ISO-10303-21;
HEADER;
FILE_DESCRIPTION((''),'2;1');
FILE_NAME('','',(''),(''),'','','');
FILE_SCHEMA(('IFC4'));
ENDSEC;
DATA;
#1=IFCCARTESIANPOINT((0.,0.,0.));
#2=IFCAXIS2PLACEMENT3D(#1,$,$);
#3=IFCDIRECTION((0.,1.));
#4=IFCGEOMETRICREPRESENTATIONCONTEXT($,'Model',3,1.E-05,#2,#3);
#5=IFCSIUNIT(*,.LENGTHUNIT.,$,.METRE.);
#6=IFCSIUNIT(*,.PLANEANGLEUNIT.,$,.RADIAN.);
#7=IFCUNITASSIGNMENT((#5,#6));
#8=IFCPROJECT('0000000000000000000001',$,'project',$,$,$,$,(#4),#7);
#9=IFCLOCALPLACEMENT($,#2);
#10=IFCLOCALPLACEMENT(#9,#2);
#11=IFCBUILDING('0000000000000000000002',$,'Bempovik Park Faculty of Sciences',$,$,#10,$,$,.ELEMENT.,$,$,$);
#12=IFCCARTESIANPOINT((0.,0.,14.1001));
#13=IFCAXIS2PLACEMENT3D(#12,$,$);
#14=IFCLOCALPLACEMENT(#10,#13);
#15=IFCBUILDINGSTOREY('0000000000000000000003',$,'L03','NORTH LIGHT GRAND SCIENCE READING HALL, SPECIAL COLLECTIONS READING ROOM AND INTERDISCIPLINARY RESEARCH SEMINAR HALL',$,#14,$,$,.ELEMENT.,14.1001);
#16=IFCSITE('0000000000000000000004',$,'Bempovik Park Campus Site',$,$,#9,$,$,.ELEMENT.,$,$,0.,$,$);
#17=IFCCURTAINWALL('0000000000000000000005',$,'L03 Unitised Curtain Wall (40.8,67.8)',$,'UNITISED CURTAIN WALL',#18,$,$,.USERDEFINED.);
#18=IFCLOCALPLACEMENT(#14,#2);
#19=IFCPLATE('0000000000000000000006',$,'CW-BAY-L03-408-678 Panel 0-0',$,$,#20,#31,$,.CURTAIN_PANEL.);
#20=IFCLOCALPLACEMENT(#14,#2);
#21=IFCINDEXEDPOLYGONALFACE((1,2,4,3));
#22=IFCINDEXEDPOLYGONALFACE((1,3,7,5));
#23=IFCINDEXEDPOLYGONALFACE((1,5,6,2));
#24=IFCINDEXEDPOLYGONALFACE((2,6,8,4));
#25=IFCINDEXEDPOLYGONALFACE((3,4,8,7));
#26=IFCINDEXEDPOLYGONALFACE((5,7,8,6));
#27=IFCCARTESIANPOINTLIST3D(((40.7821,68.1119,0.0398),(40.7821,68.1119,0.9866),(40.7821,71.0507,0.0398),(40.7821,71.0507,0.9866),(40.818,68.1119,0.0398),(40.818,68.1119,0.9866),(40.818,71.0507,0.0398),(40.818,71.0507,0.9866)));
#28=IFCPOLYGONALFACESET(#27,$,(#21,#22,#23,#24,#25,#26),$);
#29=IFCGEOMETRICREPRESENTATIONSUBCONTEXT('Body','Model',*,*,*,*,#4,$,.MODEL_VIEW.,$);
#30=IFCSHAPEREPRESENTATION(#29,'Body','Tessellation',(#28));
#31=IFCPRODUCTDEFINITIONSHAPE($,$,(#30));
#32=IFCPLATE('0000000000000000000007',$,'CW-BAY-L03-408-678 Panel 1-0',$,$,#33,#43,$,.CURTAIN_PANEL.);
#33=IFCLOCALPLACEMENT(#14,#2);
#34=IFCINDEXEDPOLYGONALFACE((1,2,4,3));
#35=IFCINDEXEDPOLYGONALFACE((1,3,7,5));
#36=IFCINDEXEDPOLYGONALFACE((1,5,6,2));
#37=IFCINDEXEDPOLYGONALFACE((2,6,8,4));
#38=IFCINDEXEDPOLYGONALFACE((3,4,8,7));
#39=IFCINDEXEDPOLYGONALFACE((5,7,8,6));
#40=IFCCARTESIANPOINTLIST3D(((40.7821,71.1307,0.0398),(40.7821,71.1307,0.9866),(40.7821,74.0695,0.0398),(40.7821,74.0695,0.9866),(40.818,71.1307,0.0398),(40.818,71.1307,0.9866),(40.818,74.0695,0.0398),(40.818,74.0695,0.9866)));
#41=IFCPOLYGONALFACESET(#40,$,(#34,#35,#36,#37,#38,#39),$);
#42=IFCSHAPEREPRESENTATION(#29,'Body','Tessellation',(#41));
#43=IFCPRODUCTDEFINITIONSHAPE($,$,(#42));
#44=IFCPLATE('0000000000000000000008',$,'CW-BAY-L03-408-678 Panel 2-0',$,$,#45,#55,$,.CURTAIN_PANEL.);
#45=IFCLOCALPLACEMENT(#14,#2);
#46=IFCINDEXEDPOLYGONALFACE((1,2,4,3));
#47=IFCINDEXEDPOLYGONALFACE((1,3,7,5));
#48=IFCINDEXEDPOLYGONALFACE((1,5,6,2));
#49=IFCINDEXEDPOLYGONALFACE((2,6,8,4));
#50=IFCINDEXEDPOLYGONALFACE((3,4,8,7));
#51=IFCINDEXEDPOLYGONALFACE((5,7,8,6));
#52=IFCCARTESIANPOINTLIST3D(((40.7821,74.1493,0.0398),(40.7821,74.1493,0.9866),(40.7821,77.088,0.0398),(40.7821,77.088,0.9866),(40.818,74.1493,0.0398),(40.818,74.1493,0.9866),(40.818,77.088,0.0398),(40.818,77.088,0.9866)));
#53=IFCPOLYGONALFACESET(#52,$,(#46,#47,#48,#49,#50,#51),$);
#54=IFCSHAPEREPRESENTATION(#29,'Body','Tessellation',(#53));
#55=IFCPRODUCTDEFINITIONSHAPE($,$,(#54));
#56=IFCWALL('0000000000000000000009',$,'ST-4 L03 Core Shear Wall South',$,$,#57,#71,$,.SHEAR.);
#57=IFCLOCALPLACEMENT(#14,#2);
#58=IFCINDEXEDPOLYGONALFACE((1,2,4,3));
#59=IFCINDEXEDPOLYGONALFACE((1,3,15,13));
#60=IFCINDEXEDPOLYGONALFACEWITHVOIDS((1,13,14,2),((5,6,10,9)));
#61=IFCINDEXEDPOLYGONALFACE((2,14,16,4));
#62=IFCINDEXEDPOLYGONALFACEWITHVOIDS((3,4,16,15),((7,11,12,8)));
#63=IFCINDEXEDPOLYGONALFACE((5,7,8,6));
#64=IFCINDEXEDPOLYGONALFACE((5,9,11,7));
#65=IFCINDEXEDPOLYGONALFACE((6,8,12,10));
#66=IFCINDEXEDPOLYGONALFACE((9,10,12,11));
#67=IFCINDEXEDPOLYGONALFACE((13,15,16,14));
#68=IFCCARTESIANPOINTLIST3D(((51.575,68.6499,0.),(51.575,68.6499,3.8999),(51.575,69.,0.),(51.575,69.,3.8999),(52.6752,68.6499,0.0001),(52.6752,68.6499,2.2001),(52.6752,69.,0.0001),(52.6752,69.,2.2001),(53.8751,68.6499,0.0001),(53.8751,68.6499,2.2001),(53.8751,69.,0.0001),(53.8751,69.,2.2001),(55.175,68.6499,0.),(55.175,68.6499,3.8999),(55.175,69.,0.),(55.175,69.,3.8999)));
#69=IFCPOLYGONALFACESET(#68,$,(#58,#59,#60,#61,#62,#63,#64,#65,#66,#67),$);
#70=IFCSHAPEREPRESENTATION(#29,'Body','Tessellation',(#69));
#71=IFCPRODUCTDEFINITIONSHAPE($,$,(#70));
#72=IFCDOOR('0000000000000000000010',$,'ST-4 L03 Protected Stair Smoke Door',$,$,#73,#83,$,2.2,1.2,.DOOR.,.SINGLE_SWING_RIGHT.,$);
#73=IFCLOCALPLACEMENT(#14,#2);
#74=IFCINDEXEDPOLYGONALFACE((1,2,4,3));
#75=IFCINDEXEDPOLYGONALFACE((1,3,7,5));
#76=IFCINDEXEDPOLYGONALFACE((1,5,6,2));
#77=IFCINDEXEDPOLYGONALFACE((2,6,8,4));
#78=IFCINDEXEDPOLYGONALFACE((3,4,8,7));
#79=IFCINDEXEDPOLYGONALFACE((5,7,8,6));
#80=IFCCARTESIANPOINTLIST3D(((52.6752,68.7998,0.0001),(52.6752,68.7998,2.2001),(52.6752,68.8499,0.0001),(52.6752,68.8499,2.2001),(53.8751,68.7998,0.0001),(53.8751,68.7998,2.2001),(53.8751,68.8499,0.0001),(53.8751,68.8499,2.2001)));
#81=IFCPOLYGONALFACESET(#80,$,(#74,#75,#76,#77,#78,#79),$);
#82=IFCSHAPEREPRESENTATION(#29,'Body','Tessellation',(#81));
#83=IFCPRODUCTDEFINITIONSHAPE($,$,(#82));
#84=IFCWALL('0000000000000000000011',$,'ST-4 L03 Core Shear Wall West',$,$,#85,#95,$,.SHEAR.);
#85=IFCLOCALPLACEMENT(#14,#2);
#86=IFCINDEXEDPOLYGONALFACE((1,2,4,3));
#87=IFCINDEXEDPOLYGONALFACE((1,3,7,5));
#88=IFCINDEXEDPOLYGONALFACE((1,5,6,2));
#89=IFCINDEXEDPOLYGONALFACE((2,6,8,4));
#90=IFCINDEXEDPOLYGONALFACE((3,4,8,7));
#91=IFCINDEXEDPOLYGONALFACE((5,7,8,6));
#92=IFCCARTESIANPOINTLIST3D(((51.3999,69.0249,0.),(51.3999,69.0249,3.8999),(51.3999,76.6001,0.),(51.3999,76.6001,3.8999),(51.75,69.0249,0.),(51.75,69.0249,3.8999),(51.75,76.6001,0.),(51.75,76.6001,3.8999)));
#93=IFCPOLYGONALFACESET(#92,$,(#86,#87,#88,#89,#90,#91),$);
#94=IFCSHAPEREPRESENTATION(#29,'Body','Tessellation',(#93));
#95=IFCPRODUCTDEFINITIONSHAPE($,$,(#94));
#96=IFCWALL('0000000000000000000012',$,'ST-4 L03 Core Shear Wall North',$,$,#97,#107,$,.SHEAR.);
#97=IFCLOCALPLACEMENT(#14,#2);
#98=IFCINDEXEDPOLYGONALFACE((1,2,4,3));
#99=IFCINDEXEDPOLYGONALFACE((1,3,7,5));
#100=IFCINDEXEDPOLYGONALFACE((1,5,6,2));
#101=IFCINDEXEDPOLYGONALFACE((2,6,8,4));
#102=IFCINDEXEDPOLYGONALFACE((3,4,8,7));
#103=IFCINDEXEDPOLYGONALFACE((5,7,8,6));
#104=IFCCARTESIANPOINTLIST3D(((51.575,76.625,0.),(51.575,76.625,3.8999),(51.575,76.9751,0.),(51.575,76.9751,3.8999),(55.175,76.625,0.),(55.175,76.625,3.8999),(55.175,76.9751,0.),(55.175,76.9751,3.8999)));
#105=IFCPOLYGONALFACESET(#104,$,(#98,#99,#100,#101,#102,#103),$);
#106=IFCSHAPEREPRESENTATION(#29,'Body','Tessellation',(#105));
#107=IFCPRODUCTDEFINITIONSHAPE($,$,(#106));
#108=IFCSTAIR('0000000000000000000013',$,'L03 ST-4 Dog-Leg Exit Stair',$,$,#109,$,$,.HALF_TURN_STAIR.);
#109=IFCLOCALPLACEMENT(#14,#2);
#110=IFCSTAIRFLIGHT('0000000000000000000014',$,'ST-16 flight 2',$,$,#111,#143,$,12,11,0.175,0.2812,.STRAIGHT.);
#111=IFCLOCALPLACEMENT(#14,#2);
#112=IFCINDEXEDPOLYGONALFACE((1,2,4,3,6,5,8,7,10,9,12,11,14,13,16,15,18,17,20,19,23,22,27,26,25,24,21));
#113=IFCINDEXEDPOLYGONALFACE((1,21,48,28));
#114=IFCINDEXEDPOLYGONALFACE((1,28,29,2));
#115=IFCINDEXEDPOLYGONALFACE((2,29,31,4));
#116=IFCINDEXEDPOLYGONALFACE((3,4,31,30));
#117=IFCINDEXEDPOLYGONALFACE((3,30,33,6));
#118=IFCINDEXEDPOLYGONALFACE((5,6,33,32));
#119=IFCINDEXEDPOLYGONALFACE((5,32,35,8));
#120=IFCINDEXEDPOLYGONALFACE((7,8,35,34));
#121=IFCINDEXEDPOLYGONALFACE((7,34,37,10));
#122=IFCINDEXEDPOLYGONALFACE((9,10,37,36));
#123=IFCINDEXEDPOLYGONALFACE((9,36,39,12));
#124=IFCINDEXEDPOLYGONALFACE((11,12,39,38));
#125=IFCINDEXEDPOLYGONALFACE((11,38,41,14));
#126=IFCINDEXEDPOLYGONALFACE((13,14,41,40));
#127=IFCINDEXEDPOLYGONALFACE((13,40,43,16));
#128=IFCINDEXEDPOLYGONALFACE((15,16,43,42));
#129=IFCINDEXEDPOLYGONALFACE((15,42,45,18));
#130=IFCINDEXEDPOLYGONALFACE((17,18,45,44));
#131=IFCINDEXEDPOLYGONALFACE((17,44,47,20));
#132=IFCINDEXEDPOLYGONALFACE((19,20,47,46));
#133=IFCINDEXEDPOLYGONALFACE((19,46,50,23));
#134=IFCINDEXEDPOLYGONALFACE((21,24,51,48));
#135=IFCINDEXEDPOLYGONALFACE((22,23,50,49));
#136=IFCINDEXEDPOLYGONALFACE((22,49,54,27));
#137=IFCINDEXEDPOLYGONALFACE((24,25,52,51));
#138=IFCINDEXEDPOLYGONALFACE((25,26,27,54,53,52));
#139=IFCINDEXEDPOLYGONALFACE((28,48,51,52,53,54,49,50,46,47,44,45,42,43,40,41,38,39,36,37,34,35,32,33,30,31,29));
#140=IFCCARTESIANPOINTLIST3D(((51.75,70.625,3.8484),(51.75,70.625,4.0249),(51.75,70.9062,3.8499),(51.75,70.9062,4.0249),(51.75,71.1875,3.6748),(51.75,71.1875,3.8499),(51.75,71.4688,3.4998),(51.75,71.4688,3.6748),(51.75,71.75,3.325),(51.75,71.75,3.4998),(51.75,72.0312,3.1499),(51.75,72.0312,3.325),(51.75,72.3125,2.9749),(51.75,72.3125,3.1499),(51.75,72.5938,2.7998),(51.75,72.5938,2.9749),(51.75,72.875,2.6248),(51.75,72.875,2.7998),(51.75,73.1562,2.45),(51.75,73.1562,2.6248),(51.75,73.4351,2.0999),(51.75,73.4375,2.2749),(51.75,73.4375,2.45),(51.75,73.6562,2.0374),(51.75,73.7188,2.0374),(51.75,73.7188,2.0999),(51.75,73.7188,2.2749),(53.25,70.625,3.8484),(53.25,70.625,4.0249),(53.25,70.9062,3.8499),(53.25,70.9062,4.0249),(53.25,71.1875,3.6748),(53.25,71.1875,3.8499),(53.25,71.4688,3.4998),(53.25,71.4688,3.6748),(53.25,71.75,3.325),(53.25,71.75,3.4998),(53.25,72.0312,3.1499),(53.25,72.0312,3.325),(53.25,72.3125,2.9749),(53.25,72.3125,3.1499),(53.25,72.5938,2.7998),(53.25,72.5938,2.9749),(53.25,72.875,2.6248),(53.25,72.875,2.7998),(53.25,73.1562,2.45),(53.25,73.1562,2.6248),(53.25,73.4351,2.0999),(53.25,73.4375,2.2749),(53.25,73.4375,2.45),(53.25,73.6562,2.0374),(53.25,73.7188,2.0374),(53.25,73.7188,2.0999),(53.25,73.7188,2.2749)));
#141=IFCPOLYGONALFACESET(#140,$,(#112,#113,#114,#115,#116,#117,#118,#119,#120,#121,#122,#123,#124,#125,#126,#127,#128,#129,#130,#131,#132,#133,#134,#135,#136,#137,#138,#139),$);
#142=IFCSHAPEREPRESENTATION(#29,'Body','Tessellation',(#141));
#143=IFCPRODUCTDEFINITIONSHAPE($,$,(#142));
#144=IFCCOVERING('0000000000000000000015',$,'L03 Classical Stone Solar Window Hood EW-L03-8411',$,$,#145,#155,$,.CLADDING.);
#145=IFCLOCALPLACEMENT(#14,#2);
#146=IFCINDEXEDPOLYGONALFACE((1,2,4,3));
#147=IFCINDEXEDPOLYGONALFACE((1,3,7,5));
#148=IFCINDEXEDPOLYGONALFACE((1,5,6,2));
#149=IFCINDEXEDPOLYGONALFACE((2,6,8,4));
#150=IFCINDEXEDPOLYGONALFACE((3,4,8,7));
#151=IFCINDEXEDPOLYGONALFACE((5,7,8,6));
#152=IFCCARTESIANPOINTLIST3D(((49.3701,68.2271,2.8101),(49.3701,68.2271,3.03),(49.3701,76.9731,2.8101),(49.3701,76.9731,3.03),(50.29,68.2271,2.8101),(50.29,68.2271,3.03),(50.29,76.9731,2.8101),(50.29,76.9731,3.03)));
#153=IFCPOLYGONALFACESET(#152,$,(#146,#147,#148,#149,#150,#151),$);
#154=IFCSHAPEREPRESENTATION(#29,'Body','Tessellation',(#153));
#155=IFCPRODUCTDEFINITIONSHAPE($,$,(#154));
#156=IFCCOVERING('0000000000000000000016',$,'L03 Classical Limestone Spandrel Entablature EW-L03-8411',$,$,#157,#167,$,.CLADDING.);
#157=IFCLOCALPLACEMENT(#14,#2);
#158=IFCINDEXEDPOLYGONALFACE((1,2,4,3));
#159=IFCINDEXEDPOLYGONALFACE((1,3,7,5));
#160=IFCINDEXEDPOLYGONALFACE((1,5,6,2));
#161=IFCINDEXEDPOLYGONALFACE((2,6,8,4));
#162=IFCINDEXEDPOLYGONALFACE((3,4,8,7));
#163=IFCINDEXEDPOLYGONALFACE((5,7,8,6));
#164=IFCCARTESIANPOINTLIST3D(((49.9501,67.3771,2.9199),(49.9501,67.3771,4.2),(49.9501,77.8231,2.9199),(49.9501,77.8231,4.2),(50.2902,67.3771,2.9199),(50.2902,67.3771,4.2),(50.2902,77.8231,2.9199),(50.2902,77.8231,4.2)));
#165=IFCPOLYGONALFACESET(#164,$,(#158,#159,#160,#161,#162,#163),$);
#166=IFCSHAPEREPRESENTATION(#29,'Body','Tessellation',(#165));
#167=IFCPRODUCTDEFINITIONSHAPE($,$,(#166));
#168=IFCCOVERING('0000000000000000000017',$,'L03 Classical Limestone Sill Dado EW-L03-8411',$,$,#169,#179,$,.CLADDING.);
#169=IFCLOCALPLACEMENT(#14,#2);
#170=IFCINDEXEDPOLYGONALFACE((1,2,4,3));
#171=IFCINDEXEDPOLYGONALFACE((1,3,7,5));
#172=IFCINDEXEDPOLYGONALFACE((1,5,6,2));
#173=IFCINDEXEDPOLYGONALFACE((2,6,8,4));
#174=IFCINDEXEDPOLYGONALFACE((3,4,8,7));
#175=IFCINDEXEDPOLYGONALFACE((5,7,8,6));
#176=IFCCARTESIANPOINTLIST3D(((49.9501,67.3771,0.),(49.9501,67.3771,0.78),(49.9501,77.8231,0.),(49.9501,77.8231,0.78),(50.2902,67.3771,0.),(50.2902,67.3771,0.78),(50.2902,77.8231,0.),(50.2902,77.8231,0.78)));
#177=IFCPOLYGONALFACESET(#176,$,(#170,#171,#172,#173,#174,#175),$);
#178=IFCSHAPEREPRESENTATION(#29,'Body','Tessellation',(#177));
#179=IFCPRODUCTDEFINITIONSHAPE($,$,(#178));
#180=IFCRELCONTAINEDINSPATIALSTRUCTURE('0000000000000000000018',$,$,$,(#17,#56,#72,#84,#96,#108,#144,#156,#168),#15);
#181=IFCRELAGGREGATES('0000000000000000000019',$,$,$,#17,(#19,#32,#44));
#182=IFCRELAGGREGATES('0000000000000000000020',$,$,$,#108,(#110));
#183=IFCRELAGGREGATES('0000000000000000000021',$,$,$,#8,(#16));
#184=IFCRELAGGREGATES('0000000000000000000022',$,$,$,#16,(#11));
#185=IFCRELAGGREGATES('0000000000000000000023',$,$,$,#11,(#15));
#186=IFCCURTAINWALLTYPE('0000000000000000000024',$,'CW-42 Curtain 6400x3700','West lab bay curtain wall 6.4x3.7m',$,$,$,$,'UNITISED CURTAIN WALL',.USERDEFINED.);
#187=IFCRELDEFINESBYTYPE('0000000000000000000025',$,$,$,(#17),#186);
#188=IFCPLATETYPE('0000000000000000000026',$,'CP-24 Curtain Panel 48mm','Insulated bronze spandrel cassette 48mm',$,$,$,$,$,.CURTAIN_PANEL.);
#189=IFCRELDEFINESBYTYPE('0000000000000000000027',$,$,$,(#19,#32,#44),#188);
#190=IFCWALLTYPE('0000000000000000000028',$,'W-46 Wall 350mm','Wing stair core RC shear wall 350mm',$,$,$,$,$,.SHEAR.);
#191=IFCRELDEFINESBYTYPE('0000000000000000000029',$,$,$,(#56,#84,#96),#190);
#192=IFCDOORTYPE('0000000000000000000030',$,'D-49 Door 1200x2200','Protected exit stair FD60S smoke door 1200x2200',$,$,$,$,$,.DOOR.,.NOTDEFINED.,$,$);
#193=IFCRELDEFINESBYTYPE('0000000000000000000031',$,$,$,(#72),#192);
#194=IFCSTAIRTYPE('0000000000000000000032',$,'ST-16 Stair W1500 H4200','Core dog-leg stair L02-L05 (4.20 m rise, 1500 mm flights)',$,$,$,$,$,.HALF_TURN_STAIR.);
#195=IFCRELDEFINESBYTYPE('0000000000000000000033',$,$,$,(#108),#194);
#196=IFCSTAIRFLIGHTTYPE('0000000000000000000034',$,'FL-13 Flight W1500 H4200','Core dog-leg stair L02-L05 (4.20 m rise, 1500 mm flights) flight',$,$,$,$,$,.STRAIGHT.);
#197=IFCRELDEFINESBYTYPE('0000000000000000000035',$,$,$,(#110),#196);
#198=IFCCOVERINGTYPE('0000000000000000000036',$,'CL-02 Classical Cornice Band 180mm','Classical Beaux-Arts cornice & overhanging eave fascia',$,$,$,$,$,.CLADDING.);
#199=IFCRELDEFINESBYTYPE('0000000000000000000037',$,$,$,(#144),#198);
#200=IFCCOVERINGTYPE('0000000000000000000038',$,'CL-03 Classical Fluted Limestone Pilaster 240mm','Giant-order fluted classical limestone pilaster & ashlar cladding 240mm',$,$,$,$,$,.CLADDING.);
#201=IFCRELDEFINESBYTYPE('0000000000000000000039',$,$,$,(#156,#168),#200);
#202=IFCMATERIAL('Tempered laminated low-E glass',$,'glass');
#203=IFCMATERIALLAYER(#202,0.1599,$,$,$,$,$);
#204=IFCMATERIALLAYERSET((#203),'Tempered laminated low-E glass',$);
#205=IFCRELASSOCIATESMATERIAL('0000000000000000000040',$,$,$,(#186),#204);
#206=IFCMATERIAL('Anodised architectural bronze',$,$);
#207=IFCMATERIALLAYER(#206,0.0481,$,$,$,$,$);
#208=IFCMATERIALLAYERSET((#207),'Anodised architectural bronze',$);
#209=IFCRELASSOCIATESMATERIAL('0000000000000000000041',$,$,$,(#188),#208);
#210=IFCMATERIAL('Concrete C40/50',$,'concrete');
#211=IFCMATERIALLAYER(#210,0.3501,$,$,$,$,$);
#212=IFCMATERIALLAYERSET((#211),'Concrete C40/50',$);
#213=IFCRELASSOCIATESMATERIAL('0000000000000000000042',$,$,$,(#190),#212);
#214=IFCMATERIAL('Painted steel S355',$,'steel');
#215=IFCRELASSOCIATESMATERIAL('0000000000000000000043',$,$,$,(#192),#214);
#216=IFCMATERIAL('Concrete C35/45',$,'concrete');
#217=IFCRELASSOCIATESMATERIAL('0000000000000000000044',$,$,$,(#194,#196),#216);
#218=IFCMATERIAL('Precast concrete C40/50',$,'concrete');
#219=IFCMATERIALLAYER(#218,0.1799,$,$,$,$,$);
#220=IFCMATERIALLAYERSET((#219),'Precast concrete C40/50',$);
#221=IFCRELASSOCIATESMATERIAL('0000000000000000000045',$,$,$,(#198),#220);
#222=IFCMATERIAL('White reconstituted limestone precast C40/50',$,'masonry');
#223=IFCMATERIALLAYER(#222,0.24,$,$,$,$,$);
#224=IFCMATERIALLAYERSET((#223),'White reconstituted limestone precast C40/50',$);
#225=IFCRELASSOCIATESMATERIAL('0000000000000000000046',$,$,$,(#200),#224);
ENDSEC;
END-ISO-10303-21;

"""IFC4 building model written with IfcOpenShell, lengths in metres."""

from ifc_helpers import new_model, si_unit, direction, frame, frame_2d, origin, origin_2d, place, context, subcontext, project, spatial, polyline, rectangle, outline, extrude, material, layer, layer_set, type_object, element, fill, aggregate, save


model = new_model("IFC4")

# Units and contexts
model_context = context("Model", 3, precision=1e-05, world=origin(), true_north=direction((0.0, 1.0)))
body_context = subcontext(model_context, "Body", "Model", "MODEL_VIEW")
ifc_project = project(units=[si_unit("LENGTHUNIT", "METRE"), si_unit("PLANEANGLEUNIT", "RADIAN")], contexts=[model_context])

# Site, building, storey
site_placement = place(None, origin())
site = spatial("IfcSite", under=ifc_project, at=site_placement, Name="Bempovik Park Campus Site", CompositionType="ELEMENT", RefElevation=0.0)
building_placement = place(site_placement, origin())
building = spatial("IfcBuilding", under=site, at=building_placement, Name="Bempovik Park Faculty of Sciences", CompositionType="ELEMENT")
storey_placement = place(building_placement, frame((0.0, 0.0, 14.1001)))
storey = spatial("IfcBuildingStorey", under=building, at=storey_placement, Name="L03", Description="NORTH LIGHT GRAND SCIENCE READING HALL, SPECIAL COLLECTIONS READING ROOM AND INTERDISCIPLINARY RESEARCH SEMINAR HALL", CompositionType="ELEMENT", Elevation=14.1001)

# Shared definitions
ifc_material_1 = material(Name="Concrete C40/50", Category="concrete")

# Curtain wall, plates
ifc_material_2 = material(Name="Tempered laminated low-E glass", Category="glass")
ifc_layer_1 = layer(ifc_material_2, 0.1599)
ifc_layer_set_1 = layer_set([ifc_layer_1], Name="Tempered laminated low-E glass")
curtain_wall_type = type_object("IfcCurtainWallType", Name="CW-42 Curtain 6400x3700", Description="West lab bay curtain wall 6.4x3.7m", ElementType="UNITISED CURTAIN WALL", PredefinedType="USERDEFINED", material=ifc_layer_set_1)
curtain_wall_placement = place(storey_placement, origin())
curtain_wall = element("IfcCurtainWall", 1, at=curtain_wall_placement, inside=storey, type_object=curtain_wall_type, Name="L03 Unitised Curtain Wall (40.8,67.8)", ObjectType="UNITISED CURTAIN WALL", PredefinedType="USERDEFINED")
ifc_material_3 = material(Name="Anodised architectural bronze")
ifc_layer_2 = layer(ifc_material_3, 0.0481)
ifc_layer_set_2 = layer_set([ifc_layer_2], Name="Anodised architectural bronze")
plate_type_1 = type_object("IfcPlateType", Name="CP-24 Curtain Panel 48mm", Description="Insulated bronze spandrel cassette 48mm", PredefinedType="CURTAIN_PANEL", material=ifc_layer_set_2)
plate_1_placement = place(storey_placement, frame((40.8, 69.5813, 0.0398), z_axis=(0.0, 0.0, 1.0), x_axis=(0.0, 1.0, 0.0)))
plate_1 = element("IfcPlate", 2, at=plate_1_placement, type_object=plate_type_1, Name="CW-BAY-L03-408-678 Panel 0-0", PredefinedType="CURTAIN_PANEL", context=body_context, shape_type="SweptSolid", body=[
    extrude(rectangle(XDim=2.9387, YDim=0.0359, at=origin_2d()), origin(), (0.0, 0.0, 1.0), 0.9468),
])
plate_2_placement = place(storey_placement, frame((40.8, 72.6001, 0.0398), z_axis=(0.0, 0.0, 1.0), x_axis=(0.0, 1.0, 0.0)))
plate_2 = element("IfcPlate", 3, at=plate_2_placement, type_object=plate_type_1, Name="CW-BAY-L03-408-678 Panel 1-0", PredefinedType="CURTAIN_PANEL", context=body_context, shape_type="SweptSolid", body=[
    extrude(rectangle(XDim=2.9387, YDim=0.0359, at=origin_2d()), origin(), (0.0, 0.0, 1.0), 0.9468),
])
plate_3_placement = place(storey_placement, frame((40.8, 75.6187, 0.0398), z_axis=(0.0, 0.0, 1.0), x_axis=(0.0, 1.0, 0.0)))
plate_3 = element("IfcPlate", 4, at=plate_3_placement, type_object=plate_type_1, Name="CW-BAY-L03-408-678 Panel 2-0", PredefinedType="CURTAIN_PANEL", context=body_context, shape_type="SweptSolid", body=[
    extrude(rectangle(XDim=2.9387, YDim=0.0359, at=origin_2d()), origin(), (0.0, 0.0, 1.0), 0.9468),
])
aggregate(curtain_wall, [plate_1, plate_2, plate_3])

# Wall, opening, door
ifc_layer_3 = layer(ifc_material_1, 0.3501)
ifc_layer_set_3 = layer_set([ifc_layer_3], Name="Concrete C40/50")
wall_type = type_object("IfcWallType", Name="W-46 Wall 350mm", Description="Wing stair core RC shear wall 350mm", PredefinedType="SHEAR", material=ifc_layer_set_3)
wall_1_placement = place(storey_placement, frame((51.575, 68.825, 0.0), z_axis=(0.0, 0.0, 1.0), x_axis=(1.0, 0.0, 0.0)))
wall_1 = element("IfcWall", 5, at=wall_1_placement, inside=storey, type_object=wall_type, Name="ST-4 L03 Core Shear Wall South", PredefinedType="SHEAR", context=body_context, shape_type="SweptSolid", body=[
    extrude(rectangle(XDim=3.6001, YDim=0.3501, at=frame_2d((1.8, 0.0))), origin(), (0.0, 0.0, 1.0), 3.8999),
])
opening_placement = place(wall_1_placement, frame((1.1001, 0.0, 0.0)))
opening = element("IfcOpeningElement", 6, at=opening_placement, cuts=wall_1, PredefinedType="OPENING", context=body_context, shape_type="SweptSolid", body=[
    extrude(rectangle(XDim=1.2, YDim=2.2, at=frame_2d((0.6001, 1.1001))), frame((0.0, 0.1851, 0.0), z_axis=(0.0, -1.0, 0.0), x_axis=(1.0, 0.0, 0.0)), (0.0, 0.0, 1.0), 0.3701),
])
ifc_material_4 = material(Name="Painted steel S355", Category="steel")
door_type = type_object("IfcDoorType", Name="D-49 Door 1200x2200", Description="Protected exit stair FD60S smoke door 1200x2200", OperationType="NOTDEFINED", PredefinedType="DOOR", material=ifc_material_4)
door_placement = place(opening_placement, origin())
door = element("IfcDoor", 7, at=door_placement, inside=storey, type_object=door_type, Name="ST-4 L03 Protected Stair Smoke Door", OperationType="SINGLE_SWING_RIGHT", OverallHeight=2.2, OverallWidth=1.2, PredefinedType="DOOR", context=body_context, shape_type="SweptSolid", body=[
    extrude(rectangle(XDim=1.2, YDim=2.2, at=frame_2d((0.6001, 1.1001))), frame((0.0, 0.0249, 0.0), z_axis=(0.0, -1.0, 0.0), x_axis=(1.0, 0.0, 0.0)), (0.0, 0.0, 1.0), 0.05),
])
fill(opening, door)

# Walls
wall_2_placement = place(storey_placement, frame((51.575, 69.0249, 0.0), z_axis=(0.0, 0.0, 1.0), x_axis=(0.0, 1.0, 0.0)))
element("IfcWall", 8, at=wall_2_placement, inside=storey, type_object=wall_type, Name="ST-4 L03 Core Shear Wall West", PredefinedType="SHEAR", context=body_context, shape_type="SweptSolid", body=[
    extrude(rectangle(XDim=7.5752, YDim=0.3501, at=frame_2d((3.7876, 0.0))), origin(), (0.0, 0.0, 1.0), 3.8999),
])
wall_3_placement = place(storey_placement, frame((51.575, 76.8, 0.0), z_axis=(0.0, 0.0, 1.0), x_axis=(1.0, 0.0, 0.0)))
element("IfcWall", 9, at=wall_3_placement, inside=storey, type_object=wall_type, Name="ST-4 L03 Core Shear Wall North", PredefinedType="SHEAR", context=body_context, shape_type="SweptSolid", body=[
    extrude(rectangle(XDim=3.6001, YDim=0.3501, at=frame_2d((1.8, 0.0))), origin(), (0.0, 0.0, 1.0), 3.8999),
])

# Stair, stair flight
ifc_material_5 = material(Name="Concrete C35/45", Category="concrete")
stair_type = type_object("IfcStairType", Name="ST-16 Stair W1500 H4200", Description="Core dog-leg stair L02-L05 (4.20 m rise, 1500 mm flights)", PredefinedType="HALF_TURN_STAIR", material=ifc_material_5)
stair_placement = place(storey_placement, origin())
stair = element("IfcStair", 10, at=stair_placement, inside=storey, type_object=stair_type, Name="L03 ST-4 Dog-Leg Exit Stair", PredefinedType="HALF_TURN_STAIR")
stair_flight_type = type_object("IfcStairFlightType", Name="FL-13 Flight W1500 H4200", Description="Core dog-leg stair L02-L05 (4.20 m rise, 1500 mm flights) flight", PredefinedType="STRAIGHT", material=ifc_material_5)
stair_flight_placement = place(storey_placement, frame((52.5, 73.7188, 2.0999), z_axis=(0.0, 0.0, 1.0), x_axis=(0.0, -1.0, 0.0)))
stair_flight = element("IfcStairFlight", 11, at=stair_flight_placement, type_object=stair_flight_type, Name="ST-16 flight 2", NumberOfRisers=12, NumberOfTreads=11, PredefinedType="STRAIGHT", RiserHeight=0.175, TreadLength=0.2812, context=body_context, shape_type="SweptSolid", body=[
    extrude(outline(polyline([(0.0, 0.0), (0.0, 0.175), (0.2812, 0.175), (0.2812, 0.3501), (0.5625, 0.3501), (0.5625, 0.5249), (0.8438, 0.5249), (0.8438, 0.7), (1.125, 0.7), (1.125, 0.875), (1.4062, 0.875), (1.4062, 1.05), (1.6875, 1.05), (1.6875, 1.2251), (1.9688, 1.2251), (1.9688, 1.3999), (2.25, 1.3999), (2.25, 1.575), (2.5312, 1.575), (2.5312, 1.75), (2.8125, 1.75), (2.8125, 1.925), (3.0938, 1.925), (3.0938, 2.1001), (3.0938, 1.7485), (0.2837, 0.0), (0.0625, -0.0625), (0.0, -0.0625), (0.0, 0.0)])), frame((0.0, 0.75, 0.0), z_axis=(0.0, -1.0, 0.0), x_axis=(1.0, 0.0, 0.0)), (0.0, 0.0, 1.0), 1.5),
])
aggregate(stair, [stair_flight])

# Coverings
ifc_material_6 = material(Name="Precast concrete C40/50", Category="concrete")
ifc_layer_4 = layer(ifc_material_6, 0.1799)
ifc_layer_set_4 = layer_set([ifc_layer_4], Name="Precast concrete C40/50")
covering_type_1 = type_object("IfcCoveringType", Name="CL-02 Classical Cornice Band 180mm", Description="Classical Beaux-Arts cornice & overhanging eave fascia", PredefinedType="CLADDING", material=ifc_layer_set_4)
covering_1_placement = place(storey_placement, frame((49.8301, 72.6001, 2.8101), z_axis=(0.0, 0.0, 1.0), x_axis=(1.0, 0.0, 0.0)))
element("IfcCovering", 12, at=covering_1_placement, inside=storey, type_object=covering_type_1, Name="L03 Classical Stone Solar Window Hood EW-L03-8411", PredefinedType="CLADDING", context=body_context, shape_type="SweptSolid", body=[
    extrude(rectangle(XDim=0.9199, YDim=8.7461, at=origin_2d()), origin(), (0.0, 0.0, 1.0), 0.22),
])
ifc_material_7 = material(Name="White reconstituted limestone precast C40/50", Category="masonry")
ifc_layer_5 = layer(ifc_material_7, 0.24)
ifc_layer_set_5 = layer_set([ifc_layer_5], Name="White reconstituted limestone precast C40/50")
covering_type_2 = type_object("IfcCoveringType", Name="CL-03 Classical Fluted Limestone Pilaster 240mm", Description="Giant-order fluted classical limestone pilaster & ashlar cladding 240mm", PredefinedType="CLADDING", material=ifc_layer_set_5)
covering_2_placement = place(storey_placement, frame((50.1201, 72.6001, 2.9199), z_axis=(0.0, 0.0, 1.0), x_axis=(1.0, 0.0, 0.0)))
element("IfcCovering", 13, at=covering_2_placement, inside=storey, type_object=covering_type_2, Name="L03 Classical Limestone Spandrel Entablature EW-L03-8411", PredefinedType="CLADDING", context=body_context, shape_type="SweptSolid", body=[
    extrude(rectangle(XDim=0.3401, YDim=10.446, at=origin_2d()), origin(), (0.0, 0.0, 1.0), 1.28),
])
covering_3_placement = place(storey_placement, frame((50.1201, 72.6001, 0.0), z_axis=(0.0, 0.0, 1.0), x_axis=(1.0, 0.0, 0.0)))
element("IfcCovering", 14, at=covering_3_placement, inside=storey, type_object=covering_type_2, Name="L03 Classical Limestone Sill Dado EW-L03-8411", PredefinedType="CLADDING", context=body_context, shape_type="SweptSolid", body=[
    extrude(rectangle(XDim=0.3401, YDim=10.446, at=origin_2d()), origin(), (0.0, 0.0, 1.0), 0.78),
])

save(model, "model.ifc")
